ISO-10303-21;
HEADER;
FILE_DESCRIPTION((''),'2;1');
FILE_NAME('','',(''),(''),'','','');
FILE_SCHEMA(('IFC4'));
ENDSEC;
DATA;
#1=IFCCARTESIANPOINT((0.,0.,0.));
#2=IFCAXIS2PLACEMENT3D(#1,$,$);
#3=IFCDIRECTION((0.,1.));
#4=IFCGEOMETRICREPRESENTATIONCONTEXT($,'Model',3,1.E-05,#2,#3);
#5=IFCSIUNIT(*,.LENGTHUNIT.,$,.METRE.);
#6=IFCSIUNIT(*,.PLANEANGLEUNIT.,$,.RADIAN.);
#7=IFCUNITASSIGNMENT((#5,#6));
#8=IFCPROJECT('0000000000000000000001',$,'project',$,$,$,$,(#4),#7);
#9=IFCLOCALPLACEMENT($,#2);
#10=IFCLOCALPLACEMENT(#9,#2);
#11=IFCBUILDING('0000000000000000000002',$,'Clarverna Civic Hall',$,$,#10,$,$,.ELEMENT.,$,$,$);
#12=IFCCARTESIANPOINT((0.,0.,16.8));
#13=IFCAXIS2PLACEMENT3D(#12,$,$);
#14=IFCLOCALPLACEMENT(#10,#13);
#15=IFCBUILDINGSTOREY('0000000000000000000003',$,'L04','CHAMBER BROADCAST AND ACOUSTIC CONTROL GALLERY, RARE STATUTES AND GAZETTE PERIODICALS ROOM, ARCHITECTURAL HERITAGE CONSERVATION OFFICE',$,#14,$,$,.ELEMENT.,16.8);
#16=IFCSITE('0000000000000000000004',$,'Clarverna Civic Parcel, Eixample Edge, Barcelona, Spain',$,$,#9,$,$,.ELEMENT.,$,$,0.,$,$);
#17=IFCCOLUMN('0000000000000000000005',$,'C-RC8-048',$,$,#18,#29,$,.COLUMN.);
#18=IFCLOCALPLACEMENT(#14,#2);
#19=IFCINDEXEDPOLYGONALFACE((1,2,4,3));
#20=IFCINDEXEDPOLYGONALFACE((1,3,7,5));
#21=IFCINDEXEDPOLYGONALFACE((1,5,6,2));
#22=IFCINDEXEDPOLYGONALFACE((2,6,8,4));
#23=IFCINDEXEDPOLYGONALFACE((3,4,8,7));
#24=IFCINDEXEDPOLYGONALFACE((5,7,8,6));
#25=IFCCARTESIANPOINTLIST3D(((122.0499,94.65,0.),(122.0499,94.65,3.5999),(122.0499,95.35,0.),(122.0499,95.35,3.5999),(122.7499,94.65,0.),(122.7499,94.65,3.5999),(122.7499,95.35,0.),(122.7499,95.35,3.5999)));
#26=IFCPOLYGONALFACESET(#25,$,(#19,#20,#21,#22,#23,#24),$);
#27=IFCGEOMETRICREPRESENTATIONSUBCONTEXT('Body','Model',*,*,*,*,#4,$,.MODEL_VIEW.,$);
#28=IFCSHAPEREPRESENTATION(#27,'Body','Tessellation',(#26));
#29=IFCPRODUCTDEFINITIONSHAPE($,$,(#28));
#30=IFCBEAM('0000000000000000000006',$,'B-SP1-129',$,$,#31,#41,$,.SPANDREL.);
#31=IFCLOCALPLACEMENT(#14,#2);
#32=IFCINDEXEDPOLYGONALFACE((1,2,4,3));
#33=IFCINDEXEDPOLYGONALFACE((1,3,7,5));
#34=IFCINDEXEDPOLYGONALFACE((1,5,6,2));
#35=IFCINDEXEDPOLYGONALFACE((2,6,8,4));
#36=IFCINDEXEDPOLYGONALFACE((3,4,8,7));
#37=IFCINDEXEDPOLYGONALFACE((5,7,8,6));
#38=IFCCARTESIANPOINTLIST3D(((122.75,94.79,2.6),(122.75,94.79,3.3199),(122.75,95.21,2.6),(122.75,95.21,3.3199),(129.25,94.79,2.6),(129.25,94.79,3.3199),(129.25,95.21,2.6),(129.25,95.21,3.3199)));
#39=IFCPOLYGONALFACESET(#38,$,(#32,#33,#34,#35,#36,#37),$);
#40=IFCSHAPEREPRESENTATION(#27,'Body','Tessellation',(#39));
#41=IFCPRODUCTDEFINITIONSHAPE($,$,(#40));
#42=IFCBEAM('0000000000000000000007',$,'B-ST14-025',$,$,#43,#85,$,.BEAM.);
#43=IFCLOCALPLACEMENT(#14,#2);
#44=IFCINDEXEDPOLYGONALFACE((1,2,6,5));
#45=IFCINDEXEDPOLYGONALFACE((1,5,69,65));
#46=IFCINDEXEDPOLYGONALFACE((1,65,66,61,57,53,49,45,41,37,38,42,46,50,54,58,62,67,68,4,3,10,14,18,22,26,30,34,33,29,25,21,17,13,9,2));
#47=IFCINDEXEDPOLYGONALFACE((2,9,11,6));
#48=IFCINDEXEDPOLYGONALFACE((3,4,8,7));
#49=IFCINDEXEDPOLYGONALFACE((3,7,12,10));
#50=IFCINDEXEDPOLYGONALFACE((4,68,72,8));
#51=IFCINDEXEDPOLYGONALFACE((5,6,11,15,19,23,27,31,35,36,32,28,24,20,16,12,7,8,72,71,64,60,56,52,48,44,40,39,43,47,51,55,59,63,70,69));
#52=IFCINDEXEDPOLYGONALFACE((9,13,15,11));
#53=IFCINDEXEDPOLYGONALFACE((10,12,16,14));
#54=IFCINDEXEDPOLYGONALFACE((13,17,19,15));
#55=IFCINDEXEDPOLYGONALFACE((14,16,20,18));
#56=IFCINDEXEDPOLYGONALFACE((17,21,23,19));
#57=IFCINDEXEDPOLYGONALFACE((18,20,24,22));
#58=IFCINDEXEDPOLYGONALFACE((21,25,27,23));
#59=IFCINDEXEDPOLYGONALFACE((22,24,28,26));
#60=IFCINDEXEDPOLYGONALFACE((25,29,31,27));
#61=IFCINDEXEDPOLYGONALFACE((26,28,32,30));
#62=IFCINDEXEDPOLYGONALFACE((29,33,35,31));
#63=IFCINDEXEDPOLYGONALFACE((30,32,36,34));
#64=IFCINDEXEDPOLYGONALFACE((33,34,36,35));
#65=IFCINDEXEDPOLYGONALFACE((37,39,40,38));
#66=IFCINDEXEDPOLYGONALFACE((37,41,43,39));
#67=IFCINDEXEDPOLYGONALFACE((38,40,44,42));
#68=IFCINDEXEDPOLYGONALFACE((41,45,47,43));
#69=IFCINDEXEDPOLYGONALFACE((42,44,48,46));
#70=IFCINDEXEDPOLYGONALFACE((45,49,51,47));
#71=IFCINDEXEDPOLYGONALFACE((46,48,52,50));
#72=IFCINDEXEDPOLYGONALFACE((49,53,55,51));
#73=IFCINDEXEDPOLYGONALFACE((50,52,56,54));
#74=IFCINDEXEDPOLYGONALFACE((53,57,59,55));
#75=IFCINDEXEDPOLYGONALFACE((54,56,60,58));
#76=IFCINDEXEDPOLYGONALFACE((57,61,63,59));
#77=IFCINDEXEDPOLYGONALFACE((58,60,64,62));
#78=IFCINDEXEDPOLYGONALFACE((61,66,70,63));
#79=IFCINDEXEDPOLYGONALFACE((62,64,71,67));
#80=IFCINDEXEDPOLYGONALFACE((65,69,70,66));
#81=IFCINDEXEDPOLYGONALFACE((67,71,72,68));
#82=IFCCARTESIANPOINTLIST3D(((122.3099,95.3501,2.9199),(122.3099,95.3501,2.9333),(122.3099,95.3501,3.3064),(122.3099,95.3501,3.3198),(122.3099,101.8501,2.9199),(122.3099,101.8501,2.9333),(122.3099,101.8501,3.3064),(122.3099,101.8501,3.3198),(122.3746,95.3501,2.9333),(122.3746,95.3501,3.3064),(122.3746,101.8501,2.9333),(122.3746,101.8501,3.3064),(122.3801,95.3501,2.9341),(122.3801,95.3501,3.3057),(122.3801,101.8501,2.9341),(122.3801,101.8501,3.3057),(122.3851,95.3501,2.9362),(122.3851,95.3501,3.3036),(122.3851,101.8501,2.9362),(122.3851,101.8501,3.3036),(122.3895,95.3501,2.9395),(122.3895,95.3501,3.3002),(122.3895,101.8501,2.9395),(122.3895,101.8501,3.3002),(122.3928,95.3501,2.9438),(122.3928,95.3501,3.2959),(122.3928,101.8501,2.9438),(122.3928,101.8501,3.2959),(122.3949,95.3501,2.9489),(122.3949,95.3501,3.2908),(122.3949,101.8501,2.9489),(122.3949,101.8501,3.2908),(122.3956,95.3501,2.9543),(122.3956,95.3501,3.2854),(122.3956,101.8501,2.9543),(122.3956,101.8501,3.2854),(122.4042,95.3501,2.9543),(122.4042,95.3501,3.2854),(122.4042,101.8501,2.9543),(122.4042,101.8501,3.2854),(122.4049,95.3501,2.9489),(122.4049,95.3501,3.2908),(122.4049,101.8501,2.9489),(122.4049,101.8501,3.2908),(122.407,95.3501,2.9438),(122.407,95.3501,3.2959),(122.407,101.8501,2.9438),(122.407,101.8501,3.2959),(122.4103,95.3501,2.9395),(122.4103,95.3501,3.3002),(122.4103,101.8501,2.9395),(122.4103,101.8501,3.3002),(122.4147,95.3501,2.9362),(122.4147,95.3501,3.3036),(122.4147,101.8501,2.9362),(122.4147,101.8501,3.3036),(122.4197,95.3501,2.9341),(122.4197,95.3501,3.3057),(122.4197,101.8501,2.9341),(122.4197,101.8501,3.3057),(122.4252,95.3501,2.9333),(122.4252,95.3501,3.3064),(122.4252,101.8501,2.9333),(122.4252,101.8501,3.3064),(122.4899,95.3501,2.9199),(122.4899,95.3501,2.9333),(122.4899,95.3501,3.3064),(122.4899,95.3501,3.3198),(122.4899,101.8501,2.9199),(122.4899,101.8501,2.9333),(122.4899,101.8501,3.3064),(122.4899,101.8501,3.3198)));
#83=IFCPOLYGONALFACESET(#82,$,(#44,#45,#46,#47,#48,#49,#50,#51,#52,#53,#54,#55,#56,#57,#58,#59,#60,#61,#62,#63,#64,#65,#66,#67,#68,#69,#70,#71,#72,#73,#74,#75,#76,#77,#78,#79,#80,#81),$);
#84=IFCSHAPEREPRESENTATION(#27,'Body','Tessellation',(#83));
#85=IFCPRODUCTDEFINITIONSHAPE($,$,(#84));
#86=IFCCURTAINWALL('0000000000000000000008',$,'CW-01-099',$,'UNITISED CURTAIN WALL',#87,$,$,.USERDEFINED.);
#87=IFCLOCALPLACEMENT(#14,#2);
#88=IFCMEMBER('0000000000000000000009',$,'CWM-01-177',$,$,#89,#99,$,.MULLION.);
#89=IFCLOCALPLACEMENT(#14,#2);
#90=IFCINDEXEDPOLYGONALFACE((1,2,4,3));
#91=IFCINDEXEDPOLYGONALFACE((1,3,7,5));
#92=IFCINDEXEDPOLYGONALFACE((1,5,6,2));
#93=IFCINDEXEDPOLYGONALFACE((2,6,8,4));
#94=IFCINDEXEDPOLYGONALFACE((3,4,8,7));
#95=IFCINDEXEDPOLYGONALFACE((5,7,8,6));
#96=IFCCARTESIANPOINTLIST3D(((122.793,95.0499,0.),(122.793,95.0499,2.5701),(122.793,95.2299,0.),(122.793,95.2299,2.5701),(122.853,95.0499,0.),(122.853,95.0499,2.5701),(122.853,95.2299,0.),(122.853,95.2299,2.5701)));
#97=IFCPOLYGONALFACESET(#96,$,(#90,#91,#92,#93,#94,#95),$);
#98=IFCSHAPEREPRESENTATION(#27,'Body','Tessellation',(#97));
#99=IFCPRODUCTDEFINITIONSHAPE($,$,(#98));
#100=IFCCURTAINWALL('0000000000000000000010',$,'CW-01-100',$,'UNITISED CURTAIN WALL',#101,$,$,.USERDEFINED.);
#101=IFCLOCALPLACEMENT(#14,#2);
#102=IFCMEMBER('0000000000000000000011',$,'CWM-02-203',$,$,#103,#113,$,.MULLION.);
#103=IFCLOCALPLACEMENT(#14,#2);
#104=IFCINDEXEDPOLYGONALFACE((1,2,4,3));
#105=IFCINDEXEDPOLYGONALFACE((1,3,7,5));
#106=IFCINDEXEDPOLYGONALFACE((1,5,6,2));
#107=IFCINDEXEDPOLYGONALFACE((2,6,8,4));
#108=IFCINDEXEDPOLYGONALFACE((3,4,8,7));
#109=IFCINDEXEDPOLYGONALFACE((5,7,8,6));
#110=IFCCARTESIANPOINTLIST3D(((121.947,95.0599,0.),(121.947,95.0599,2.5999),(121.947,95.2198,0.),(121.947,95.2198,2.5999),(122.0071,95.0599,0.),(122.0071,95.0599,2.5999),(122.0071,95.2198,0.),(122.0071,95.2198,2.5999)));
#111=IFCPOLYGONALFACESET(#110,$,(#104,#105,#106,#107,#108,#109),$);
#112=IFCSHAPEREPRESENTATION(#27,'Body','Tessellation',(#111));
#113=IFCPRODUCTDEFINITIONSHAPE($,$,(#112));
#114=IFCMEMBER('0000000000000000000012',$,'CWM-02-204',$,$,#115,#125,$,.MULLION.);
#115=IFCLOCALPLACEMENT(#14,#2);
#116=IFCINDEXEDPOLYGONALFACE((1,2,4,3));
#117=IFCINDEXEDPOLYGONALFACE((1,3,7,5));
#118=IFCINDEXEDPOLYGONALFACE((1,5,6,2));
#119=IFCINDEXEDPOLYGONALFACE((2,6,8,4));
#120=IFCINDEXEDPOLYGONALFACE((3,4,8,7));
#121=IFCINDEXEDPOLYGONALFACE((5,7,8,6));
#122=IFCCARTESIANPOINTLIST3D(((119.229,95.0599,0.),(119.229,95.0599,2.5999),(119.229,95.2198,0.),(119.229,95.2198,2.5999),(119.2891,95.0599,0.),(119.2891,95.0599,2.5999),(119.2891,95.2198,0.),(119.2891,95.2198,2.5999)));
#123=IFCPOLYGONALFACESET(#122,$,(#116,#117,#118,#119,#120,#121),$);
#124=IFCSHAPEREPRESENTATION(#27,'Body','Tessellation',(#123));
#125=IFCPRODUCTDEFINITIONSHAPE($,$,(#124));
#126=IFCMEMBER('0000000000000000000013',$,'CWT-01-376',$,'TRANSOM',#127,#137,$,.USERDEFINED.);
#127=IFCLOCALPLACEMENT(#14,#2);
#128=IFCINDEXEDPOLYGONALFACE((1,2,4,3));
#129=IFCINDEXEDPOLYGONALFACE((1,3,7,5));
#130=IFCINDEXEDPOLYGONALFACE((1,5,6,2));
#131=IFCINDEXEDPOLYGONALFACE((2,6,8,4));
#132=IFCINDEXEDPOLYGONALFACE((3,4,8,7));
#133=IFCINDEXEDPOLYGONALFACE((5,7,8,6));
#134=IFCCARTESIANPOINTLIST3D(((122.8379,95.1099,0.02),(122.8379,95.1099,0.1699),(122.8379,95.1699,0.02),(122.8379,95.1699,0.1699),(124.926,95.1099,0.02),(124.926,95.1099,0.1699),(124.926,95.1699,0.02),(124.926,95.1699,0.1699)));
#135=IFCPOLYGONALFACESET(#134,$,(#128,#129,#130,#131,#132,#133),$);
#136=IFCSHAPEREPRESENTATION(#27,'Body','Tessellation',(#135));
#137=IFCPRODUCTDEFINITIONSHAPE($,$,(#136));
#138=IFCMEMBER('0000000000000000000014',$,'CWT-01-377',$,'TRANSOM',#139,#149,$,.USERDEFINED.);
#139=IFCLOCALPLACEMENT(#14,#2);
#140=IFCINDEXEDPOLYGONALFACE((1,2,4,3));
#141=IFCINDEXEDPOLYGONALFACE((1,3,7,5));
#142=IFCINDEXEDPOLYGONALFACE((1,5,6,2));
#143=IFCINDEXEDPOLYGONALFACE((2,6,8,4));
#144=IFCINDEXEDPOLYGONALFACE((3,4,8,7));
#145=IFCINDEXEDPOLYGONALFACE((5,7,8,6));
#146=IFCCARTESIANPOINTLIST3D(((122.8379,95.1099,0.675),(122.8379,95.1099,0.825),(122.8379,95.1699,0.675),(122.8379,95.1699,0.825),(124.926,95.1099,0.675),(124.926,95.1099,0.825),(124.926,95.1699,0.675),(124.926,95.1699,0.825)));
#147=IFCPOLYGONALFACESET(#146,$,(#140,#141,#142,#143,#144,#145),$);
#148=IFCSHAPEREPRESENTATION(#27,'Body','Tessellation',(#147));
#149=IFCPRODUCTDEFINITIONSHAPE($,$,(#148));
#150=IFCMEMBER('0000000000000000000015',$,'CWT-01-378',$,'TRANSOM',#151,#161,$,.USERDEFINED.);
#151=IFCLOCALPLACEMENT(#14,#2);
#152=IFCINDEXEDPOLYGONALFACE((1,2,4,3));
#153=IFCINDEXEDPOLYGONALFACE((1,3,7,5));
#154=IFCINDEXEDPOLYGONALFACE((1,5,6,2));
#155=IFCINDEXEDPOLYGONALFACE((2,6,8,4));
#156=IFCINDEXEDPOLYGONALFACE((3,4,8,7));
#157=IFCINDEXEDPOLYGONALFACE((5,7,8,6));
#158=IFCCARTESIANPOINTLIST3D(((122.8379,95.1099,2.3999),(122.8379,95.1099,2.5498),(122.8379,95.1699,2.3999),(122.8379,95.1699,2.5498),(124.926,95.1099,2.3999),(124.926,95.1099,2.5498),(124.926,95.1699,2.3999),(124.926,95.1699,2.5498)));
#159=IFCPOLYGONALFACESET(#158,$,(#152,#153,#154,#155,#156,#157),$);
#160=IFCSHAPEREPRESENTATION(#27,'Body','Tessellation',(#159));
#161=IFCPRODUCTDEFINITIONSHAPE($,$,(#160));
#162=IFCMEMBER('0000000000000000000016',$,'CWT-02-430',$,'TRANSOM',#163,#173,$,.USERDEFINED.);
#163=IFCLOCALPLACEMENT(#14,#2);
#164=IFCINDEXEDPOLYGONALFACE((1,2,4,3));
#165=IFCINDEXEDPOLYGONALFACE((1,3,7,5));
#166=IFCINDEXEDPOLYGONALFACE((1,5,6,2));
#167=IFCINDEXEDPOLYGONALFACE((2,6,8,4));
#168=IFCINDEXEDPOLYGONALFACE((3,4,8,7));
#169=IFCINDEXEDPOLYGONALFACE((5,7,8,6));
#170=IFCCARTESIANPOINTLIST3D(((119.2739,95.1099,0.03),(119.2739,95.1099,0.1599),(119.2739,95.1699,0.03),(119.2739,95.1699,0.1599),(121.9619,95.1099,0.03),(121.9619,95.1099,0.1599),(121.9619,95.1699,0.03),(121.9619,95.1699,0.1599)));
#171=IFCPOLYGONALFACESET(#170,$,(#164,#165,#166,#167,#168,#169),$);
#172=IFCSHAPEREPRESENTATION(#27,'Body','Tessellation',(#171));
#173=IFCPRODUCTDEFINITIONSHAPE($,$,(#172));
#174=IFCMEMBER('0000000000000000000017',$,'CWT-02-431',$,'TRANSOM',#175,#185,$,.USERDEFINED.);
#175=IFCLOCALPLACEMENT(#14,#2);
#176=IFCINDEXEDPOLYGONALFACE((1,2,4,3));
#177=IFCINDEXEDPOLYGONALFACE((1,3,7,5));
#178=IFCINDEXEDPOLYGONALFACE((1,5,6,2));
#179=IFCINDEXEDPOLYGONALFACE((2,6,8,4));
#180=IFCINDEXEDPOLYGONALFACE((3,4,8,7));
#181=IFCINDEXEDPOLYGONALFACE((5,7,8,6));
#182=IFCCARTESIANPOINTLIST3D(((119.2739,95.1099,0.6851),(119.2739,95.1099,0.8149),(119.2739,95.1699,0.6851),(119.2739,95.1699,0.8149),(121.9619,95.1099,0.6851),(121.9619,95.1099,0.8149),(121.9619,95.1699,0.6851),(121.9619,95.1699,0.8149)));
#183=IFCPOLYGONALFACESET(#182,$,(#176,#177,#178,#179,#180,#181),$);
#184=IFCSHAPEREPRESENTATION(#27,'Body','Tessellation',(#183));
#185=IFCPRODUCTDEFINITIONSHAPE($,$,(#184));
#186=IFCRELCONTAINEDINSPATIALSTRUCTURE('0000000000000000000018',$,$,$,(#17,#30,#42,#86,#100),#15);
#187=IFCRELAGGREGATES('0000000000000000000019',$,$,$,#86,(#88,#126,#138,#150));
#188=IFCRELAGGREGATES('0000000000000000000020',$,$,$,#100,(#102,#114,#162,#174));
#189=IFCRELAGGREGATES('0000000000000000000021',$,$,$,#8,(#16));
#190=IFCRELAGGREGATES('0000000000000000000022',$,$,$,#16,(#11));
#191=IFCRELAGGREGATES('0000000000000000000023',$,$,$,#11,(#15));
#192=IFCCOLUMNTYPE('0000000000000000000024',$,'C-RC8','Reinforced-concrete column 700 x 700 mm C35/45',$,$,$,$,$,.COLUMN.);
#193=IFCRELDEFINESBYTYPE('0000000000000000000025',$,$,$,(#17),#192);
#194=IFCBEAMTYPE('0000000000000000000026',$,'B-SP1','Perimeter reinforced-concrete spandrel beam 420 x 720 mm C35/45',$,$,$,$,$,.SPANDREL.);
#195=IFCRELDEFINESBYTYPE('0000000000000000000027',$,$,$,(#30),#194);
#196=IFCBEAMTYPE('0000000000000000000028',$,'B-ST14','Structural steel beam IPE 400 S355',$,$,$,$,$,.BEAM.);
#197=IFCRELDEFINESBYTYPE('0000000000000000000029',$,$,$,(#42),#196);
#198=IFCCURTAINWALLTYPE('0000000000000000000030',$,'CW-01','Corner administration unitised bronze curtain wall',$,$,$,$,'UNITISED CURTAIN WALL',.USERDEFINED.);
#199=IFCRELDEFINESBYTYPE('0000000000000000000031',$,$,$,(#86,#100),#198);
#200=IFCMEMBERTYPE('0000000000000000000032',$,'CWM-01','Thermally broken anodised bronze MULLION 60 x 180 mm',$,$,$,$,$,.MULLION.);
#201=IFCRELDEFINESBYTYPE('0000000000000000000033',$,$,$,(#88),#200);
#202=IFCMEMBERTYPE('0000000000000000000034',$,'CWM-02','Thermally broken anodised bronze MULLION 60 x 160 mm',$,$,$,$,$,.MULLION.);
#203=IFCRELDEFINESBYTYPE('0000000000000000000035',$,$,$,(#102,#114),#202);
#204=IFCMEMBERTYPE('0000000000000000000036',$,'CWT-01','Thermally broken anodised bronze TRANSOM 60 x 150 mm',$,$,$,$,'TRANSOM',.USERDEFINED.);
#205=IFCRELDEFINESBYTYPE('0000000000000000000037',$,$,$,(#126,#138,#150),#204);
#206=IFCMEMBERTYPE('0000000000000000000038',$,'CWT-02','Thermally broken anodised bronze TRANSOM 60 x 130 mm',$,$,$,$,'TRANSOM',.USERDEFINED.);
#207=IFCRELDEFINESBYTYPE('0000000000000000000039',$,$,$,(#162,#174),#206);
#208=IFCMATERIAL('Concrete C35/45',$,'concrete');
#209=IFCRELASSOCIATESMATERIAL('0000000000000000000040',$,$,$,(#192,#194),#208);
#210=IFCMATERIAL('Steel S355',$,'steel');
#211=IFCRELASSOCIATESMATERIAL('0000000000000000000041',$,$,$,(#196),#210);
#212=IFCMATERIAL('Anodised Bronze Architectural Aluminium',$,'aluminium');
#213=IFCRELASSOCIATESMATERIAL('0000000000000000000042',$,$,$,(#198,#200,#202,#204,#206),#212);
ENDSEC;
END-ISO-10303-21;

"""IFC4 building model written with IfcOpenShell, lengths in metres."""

from ifc_helpers import new_model, si_unit, direction, frame, origin, origin_2d, place, context, subcontext, project, spatial, rectangle, i_section, extrude, material, material_profile, profile_set, type_object, element, aggregate, save


model = new_model("IFC4")

# Units and contexts
model_context = context("Model", 3, precision=1e-05, world=origin(), true_north=direction((0.0, 1.0)))
body_context = subcontext(model_context, "Body", "Model", "MODEL_VIEW")
ifc_project = project(units=[si_unit("LENGTHUNIT", "METRE"), si_unit("PLANEANGLEUNIT", "RADIAN")], contexts=[model_context])

# Site, building, storey
site_placement = place(None, origin())
site = spatial("IfcSite", under=ifc_project, at=site_placement, Name="Clarverna Civic Parcel, Eixample Edge, Barcelona, Spain", CompositionType="ELEMENT", RefElevation=0.0)
building_placement = place(site_placement, origin())
building = spatial("IfcBuilding", under=site, at=building_placement, Name="Clarverna Civic Hall", CompositionType="ELEMENT")
storey_placement = place(building_placement, frame((0.0, 0.0, 16.8)))
storey = spatial("IfcBuildingStorey", under=building, at=storey_placement, Name="L04", Description="CHAMBER BROADCAST AND ACOUSTIC CONTROL GALLERY, RARE STATUTES AND GAZETTE PERIODICALS ROOM, ARCHITECTURAL HERITAGE CONSERVATION OFFICE", CompositionType="ELEMENT", Elevation=16.8)

# Column
ifc_material_1 = material(Name="Concrete C35/45", Category="concrete")
ifc_material_profile_1 = material_profile(ifc_material_1, rectangle(XDim=0.7, YDim=0.7, at=origin_2d()), Name="RC 700x700")
ifc_profile_set_1 = profile_set([ifc_material_profile_1], Name="Concrete C35/45")
column_type = type_object("IfcColumnType", Name="C-RC8", Description="Reinforced-concrete column 700 x 700 mm C35/45", PredefinedType="COLUMN", material=ifc_profile_set_1)
column_placement = place(storey_placement, frame((122.3999, 95.0, 0.0), z_axis=(0.0, 0.0, 1.0), x_axis=(1.0, 0.0, 0.0)))
element("IfcColumn", 1, at=column_placement, inside=storey, type_object=column_type, Name="C-RC8-048", PredefinedType="COLUMN", context=body_context, shape_type="SweptSolid", body=[
    extrude(rectangle(XDim=0.7, YDim=0.7, at=origin_2d()), origin(), (0.0, 0.0, 1.0), 3.5999),
])

# Beams
ifc_material_profile_2 = material_profile(ifc_material_1, rectangle(XDim=0.4199, YDim=0.72, at=origin_2d()), Name="RC 420x720")
ifc_profile_set_2 = profile_set([ifc_material_profile_2], Name="Concrete C35/45")
beam_type_1 = type_object("IfcBeamType", Name="B-SP1", Description="Perimeter reinforced-concrete spandrel beam 420 x 720 mm C35/45", PredefinedType="SPANDREL", material=ifc_profile_set_2)
beam_1_placement = place(storey_placement, frame((122.75, 95.0, 2.96), z_axis=(1.0, 0.0, 0.0), x_axis=(0.0, 1.0, 0.0)))
element("IfcBeam", 2, at=beam_1_placement, inside=storey, type_object=beam_type_1, Name="B-SP1-129", PredefinedType="SPANDREL", context=body_context, shape_type="SweptSolid", body=[
    extrude(rectangle(XDim=0.4199, YDim=0.72, at=origin_2d()), origin(), (0.0, 0.0, 1.0), 6.5),
])
ifc_material_2 = material(Name="Steel S355", Category="steel")
ifc_material_profile_3 = material_profile(ifc_material_2, i_section(OverallWidth=0.1799, OverallDepth=0.3999, WebThickness=0.0085, FlangeThickness=0.0134, FilletRadius=0.021, at=origin_2d()), Name="IPE 400")
ifc_profile_set_3 = profile_set([ifc_material_profile_3], Name="Steel S355")
beam_type_2 = type_object("IfcBeamType", Name="B-ST14", Description="Structural steel beam IPE 400 S355", PredefinedType="BEAM", material=ifc_profile_set_3)
beam_2_placement = place(storey_placement, frame((122.3999, 95.3501, 3.1199), z_axis=(0.0, 1.0, 0.0), x_axis=(-1.0, 0.0, 0.0)))
element("IfcBeam", 3, at=beam_2_placement, inside=storey, type_object=beam_type_2, Name="B-ST14-025", PredefinedType="BEAM", context=body_context, shape_type="SweptSolid", body=[
    extrude(i_section(OverallWidth=0.1799, OverallDepth=0.3999, WebThickness=0.0085, FlangeThickness=0.0134, FilletRadius=0.021, at=origin_2d()), origin(), (0.0, 0.0, 1.0), 6.5),
])

# Curtain wall, member
ifc_material_3 = material(Name="Anodised Bronze Architectural Aluminium", Category="aluminium")
curtain_wall_type = type_object("IfcCurtainWallType", Name="CW-01", Description="Corner administration unitised bronze curtain wall", ElementType="UNITISED CURTAIN WALL", PredefinedType="USERDEFINED", material=ifc_material_3)
curtain_wall_1_placement = place(storey_placement, origin())
curtain_wall_1 = element("IfcCurtainWall", 4, at=curtain_wall_1_placement, inside=storey, type_object=curtain_wall_type, Name="CW-01-099", ObjectType="UNITISED CURTAIN WALL", PredefinedType="USERDEFINED")
ifc_material_profile_4 = material_profile(ifc_material_3, rectangle(XDim=0.0601, YDim=0.1799, at=origin_2d()), Name="BRONZE 60x180")
ifc_profile_set_4 = profile_set([ifc_material_profile_4], Name="Anodised Bronze Architectural Aluminium")
member_type_1 = type_object("IfcMemberType", Name="CWM-01", Description="Thermally broken anodised bronze MULLION 60 x 180 mm", PredefinedType="MULLION", material=ifc_profile_set_4)
member_1_placement = place(storey_placement, frame((122.823, 95.1399, 0.0), z_axis=(0.0, 0.0, 1.0), x_axis=(1.0, 0.0, 0.0)))
member_1 = element("IfcMember", 5, at=member_1_placement, type_object=member_type_1, Name="CWM-01-177", PredefinedType="MULLION", context=body_context, shape_type="SweptSolid", body=[
    extrude(rectangle(XDim=0.0601, YDim=0.1799, at=origin_2d()), origin(), (0.0, 0.0, 1.0), 2.5701),
])

# Curtain wall, members
curtain_wall_2_placement = place(storey_placement, origin())
curtain_wall_2 = element("IfcCurtainWall", 6, at=curtain_wall_2_placement, inside=storey, type_object=curtain_wall_type, Name="CW-01-100", ObjectType="UNITISED CURTAIN WALL", PredefinedType="USERDEFINED")
ifc_material_profile_5 = material_profile(ifc_material_3, rectangle(XDim=0.0601, YDim=0.1599, at=origin_2d()), Name="BRONZE 60x160")
ifc_profile_set_5 = profile_set([ifc_material_profile_5], Name="Anodised Bronze Architectural Aluminium")
member_type_2 = type_object("IfcMemberType", Name="CWM-02", Description="Thermally broken anodised bronze MULLION 60 x 160 mm", PredefinedType="MULLION", material=ifc_profile_set_5)
member_2_placement = place(storey_placement, frame((121.9771, 95.1399, 0.0), z_axis=(0.0, 0.0, 1.0), x_axis=(1.0, 0.0, 0.0)))
member_2 = element("IfcMember", 7, at=member_2_placement, type_object=member_type_2, Name="CWM-02-203", PredefinedType="MULLION", context=body_context, shape_type="SweptSolid", body=[
    extrude(rectangle(XDim=0.0601, YDim=0.1599, at=origin_2d()), origin(), (0.0, 0.0, 1.0), 2.5999),
])
member_3_placement = place(storey_placement, frame((119.259, 95.1399, 0.0), z_axis=(0.0, 0.0, 1.0), x_axis=(1.0, 0.0, 0.0)))
member_3 = element("IfcMember", 8, at=member_3_placement, type_object=member_type_2, Name="CWM-02-204", PredefinedType="MULLION", context=body_context, shape_type="SweptSolid", body=[
    extrude(rectangle(XDim=0.0601, YDim=0.1599, at=origin_2d()), origin(), (0.0, 0.0, 1.0), 2.5999),
])

# Members
ifc_material_profile_6 = material_profile(ifc_material_3, rectangle(XDim=0.0601, YDim=0.1499, at=origin_2d()), Name="BRONZE 60x150")
ifc_profile_set_6 = profile_set([ifc_material_profile_6], Name="Anodised Bronze Architectural Aluminium")
member_type_3 = type_object("IfcMemberType", Name="CWT-01", Description="Thermally broken anodised bronze TRANSOM 60 x 150 mm", ElementType="TRANSOM", PredefinedType="USERDEFINED", material=ifc_profile_set_6)
member_4_placement = place(storey_placement, frame((124.926, 95.1399, 0.095), z_axis=(-1.0, 0.0, 0.0), x_axis=(0.0, -1.0, 0.0)))
member_4 = element("IfcMember", 9, at=member_4_placement, type_object=member_type_3, Name="CWT-01-376", ObjectType="TRANSOM", PredefinedType="USERDEFINED", context=body_context, shape_type="SweptSolid", body=[
    extrude(rectangle(XDim=0.0601, YDim=0.1499, at=origin_2d()), origin(), (0.0, 0.0, 1.0), 2.0881),
])
member_5_placement = place(storey_placement, frame((124.926, 95.1399, 0.75), z_axis=(-1.0, 0.0, 0.0), x_axis=(0.0, -1.0, 0.0)))
member_5 = element("IfcMember", 10, at=member_5_placement, type_object=member_type_3, Name="CWT-01-377", ObjectType="TRANSOM", PredefinedType="USERDEFINED", context=body_context, shape_type="SweptSolid", body=[
    extrude(rectangle(XDim=0.0601, YDim=0.1499, at=origin_2d()), origin(), (0.0, 0.0, 1.0), 2.0881),
])
member_6_placement = place(storey_placement, frame((124.926, 95.1399, 2.4749), z_axis=(-1.0, 0.0, 0.0), x_axis=(0.0, -1.0, 0.0)))
member_6 = element("IfcMember", 11, at=member_6_placement, type_object=member_type_3, Name="CWT-01-378", ObjectType="TRANSOM", PredefinedType="USERDEFINED", context=body_context, shape_type="SweptSolid", body=[
    extrude(rectangle(XDim=0.0601, YDim=0.1499, at=origin_2d()), origin(), (0.0, 0.0, 1.0), 2.0881),
])
ifc_material_profile_7 = material_profile(ifc_material_3, rectangle(XDim=0.0601, YDim=0.1299, at=origin_2d()), Name="BRONZE 60x130")
ifc_profile_set_7 = profile_set([ifc_material_profile_7], Name="Anodised Bronze Architectural Aluminium")
member_type_4 = type_object("IfcMemberType", Name="CWT-02", Description="Thermally broken anodised bronze TRANSOM 60 x 130 mm", ElementType="TRANSOM", PredefinedType="USERDEFINED", material=ifc_profile_set_7)
member_7_placement = place(storey_placement, frame((121.9619, 95.1399, 0.095), z_axis=(-1.0, 0.0, 0.0), x_axis=(0.0, -1.0, 0.0)))
member_7 = element("IfcMember", 12, at=member_7_placement, type_object=member_type_4, Name="CWT-02-430", ObjectType="TRANSOM", PredefinedType="USERDEFINED", context=body_context, shape_type="SweptSolid", body=[
    extrude(rectangle(XDim=0.0601, YDim=0.1299, at=origin_2d()), origin(), (0.0, 0.0, 1.0), 2.688),
])
member_8_placement = place(storey_placement, frame((121.9619, 95.1399, 0.75), z_axis=(-1.0, 0.0, 0.0), x_axis=(0.0, -1.0, 0.0)))
member_8 = element("IfcMember", 13, at=member_8_placement, type_object=member_type_4, Name="CWT-02-431", ObjectType="TRANSOM", PredefinedType="USERDEFINED", context=body_context, shape_type="SweptSolid", body=[
    extrude(rectangle(XDim=0.0601, YDim=0.1299, at=origin_2d()), origin(), (0.0, 0.0, 1.0), 2.688),
])

aggregate(curtain_wall_1, [member_1, member_4, member_5, member_6])
aggregate(curtain_wall_2, [member_2, member_3, member_7, member_8])

save(model, "model.ifc")
